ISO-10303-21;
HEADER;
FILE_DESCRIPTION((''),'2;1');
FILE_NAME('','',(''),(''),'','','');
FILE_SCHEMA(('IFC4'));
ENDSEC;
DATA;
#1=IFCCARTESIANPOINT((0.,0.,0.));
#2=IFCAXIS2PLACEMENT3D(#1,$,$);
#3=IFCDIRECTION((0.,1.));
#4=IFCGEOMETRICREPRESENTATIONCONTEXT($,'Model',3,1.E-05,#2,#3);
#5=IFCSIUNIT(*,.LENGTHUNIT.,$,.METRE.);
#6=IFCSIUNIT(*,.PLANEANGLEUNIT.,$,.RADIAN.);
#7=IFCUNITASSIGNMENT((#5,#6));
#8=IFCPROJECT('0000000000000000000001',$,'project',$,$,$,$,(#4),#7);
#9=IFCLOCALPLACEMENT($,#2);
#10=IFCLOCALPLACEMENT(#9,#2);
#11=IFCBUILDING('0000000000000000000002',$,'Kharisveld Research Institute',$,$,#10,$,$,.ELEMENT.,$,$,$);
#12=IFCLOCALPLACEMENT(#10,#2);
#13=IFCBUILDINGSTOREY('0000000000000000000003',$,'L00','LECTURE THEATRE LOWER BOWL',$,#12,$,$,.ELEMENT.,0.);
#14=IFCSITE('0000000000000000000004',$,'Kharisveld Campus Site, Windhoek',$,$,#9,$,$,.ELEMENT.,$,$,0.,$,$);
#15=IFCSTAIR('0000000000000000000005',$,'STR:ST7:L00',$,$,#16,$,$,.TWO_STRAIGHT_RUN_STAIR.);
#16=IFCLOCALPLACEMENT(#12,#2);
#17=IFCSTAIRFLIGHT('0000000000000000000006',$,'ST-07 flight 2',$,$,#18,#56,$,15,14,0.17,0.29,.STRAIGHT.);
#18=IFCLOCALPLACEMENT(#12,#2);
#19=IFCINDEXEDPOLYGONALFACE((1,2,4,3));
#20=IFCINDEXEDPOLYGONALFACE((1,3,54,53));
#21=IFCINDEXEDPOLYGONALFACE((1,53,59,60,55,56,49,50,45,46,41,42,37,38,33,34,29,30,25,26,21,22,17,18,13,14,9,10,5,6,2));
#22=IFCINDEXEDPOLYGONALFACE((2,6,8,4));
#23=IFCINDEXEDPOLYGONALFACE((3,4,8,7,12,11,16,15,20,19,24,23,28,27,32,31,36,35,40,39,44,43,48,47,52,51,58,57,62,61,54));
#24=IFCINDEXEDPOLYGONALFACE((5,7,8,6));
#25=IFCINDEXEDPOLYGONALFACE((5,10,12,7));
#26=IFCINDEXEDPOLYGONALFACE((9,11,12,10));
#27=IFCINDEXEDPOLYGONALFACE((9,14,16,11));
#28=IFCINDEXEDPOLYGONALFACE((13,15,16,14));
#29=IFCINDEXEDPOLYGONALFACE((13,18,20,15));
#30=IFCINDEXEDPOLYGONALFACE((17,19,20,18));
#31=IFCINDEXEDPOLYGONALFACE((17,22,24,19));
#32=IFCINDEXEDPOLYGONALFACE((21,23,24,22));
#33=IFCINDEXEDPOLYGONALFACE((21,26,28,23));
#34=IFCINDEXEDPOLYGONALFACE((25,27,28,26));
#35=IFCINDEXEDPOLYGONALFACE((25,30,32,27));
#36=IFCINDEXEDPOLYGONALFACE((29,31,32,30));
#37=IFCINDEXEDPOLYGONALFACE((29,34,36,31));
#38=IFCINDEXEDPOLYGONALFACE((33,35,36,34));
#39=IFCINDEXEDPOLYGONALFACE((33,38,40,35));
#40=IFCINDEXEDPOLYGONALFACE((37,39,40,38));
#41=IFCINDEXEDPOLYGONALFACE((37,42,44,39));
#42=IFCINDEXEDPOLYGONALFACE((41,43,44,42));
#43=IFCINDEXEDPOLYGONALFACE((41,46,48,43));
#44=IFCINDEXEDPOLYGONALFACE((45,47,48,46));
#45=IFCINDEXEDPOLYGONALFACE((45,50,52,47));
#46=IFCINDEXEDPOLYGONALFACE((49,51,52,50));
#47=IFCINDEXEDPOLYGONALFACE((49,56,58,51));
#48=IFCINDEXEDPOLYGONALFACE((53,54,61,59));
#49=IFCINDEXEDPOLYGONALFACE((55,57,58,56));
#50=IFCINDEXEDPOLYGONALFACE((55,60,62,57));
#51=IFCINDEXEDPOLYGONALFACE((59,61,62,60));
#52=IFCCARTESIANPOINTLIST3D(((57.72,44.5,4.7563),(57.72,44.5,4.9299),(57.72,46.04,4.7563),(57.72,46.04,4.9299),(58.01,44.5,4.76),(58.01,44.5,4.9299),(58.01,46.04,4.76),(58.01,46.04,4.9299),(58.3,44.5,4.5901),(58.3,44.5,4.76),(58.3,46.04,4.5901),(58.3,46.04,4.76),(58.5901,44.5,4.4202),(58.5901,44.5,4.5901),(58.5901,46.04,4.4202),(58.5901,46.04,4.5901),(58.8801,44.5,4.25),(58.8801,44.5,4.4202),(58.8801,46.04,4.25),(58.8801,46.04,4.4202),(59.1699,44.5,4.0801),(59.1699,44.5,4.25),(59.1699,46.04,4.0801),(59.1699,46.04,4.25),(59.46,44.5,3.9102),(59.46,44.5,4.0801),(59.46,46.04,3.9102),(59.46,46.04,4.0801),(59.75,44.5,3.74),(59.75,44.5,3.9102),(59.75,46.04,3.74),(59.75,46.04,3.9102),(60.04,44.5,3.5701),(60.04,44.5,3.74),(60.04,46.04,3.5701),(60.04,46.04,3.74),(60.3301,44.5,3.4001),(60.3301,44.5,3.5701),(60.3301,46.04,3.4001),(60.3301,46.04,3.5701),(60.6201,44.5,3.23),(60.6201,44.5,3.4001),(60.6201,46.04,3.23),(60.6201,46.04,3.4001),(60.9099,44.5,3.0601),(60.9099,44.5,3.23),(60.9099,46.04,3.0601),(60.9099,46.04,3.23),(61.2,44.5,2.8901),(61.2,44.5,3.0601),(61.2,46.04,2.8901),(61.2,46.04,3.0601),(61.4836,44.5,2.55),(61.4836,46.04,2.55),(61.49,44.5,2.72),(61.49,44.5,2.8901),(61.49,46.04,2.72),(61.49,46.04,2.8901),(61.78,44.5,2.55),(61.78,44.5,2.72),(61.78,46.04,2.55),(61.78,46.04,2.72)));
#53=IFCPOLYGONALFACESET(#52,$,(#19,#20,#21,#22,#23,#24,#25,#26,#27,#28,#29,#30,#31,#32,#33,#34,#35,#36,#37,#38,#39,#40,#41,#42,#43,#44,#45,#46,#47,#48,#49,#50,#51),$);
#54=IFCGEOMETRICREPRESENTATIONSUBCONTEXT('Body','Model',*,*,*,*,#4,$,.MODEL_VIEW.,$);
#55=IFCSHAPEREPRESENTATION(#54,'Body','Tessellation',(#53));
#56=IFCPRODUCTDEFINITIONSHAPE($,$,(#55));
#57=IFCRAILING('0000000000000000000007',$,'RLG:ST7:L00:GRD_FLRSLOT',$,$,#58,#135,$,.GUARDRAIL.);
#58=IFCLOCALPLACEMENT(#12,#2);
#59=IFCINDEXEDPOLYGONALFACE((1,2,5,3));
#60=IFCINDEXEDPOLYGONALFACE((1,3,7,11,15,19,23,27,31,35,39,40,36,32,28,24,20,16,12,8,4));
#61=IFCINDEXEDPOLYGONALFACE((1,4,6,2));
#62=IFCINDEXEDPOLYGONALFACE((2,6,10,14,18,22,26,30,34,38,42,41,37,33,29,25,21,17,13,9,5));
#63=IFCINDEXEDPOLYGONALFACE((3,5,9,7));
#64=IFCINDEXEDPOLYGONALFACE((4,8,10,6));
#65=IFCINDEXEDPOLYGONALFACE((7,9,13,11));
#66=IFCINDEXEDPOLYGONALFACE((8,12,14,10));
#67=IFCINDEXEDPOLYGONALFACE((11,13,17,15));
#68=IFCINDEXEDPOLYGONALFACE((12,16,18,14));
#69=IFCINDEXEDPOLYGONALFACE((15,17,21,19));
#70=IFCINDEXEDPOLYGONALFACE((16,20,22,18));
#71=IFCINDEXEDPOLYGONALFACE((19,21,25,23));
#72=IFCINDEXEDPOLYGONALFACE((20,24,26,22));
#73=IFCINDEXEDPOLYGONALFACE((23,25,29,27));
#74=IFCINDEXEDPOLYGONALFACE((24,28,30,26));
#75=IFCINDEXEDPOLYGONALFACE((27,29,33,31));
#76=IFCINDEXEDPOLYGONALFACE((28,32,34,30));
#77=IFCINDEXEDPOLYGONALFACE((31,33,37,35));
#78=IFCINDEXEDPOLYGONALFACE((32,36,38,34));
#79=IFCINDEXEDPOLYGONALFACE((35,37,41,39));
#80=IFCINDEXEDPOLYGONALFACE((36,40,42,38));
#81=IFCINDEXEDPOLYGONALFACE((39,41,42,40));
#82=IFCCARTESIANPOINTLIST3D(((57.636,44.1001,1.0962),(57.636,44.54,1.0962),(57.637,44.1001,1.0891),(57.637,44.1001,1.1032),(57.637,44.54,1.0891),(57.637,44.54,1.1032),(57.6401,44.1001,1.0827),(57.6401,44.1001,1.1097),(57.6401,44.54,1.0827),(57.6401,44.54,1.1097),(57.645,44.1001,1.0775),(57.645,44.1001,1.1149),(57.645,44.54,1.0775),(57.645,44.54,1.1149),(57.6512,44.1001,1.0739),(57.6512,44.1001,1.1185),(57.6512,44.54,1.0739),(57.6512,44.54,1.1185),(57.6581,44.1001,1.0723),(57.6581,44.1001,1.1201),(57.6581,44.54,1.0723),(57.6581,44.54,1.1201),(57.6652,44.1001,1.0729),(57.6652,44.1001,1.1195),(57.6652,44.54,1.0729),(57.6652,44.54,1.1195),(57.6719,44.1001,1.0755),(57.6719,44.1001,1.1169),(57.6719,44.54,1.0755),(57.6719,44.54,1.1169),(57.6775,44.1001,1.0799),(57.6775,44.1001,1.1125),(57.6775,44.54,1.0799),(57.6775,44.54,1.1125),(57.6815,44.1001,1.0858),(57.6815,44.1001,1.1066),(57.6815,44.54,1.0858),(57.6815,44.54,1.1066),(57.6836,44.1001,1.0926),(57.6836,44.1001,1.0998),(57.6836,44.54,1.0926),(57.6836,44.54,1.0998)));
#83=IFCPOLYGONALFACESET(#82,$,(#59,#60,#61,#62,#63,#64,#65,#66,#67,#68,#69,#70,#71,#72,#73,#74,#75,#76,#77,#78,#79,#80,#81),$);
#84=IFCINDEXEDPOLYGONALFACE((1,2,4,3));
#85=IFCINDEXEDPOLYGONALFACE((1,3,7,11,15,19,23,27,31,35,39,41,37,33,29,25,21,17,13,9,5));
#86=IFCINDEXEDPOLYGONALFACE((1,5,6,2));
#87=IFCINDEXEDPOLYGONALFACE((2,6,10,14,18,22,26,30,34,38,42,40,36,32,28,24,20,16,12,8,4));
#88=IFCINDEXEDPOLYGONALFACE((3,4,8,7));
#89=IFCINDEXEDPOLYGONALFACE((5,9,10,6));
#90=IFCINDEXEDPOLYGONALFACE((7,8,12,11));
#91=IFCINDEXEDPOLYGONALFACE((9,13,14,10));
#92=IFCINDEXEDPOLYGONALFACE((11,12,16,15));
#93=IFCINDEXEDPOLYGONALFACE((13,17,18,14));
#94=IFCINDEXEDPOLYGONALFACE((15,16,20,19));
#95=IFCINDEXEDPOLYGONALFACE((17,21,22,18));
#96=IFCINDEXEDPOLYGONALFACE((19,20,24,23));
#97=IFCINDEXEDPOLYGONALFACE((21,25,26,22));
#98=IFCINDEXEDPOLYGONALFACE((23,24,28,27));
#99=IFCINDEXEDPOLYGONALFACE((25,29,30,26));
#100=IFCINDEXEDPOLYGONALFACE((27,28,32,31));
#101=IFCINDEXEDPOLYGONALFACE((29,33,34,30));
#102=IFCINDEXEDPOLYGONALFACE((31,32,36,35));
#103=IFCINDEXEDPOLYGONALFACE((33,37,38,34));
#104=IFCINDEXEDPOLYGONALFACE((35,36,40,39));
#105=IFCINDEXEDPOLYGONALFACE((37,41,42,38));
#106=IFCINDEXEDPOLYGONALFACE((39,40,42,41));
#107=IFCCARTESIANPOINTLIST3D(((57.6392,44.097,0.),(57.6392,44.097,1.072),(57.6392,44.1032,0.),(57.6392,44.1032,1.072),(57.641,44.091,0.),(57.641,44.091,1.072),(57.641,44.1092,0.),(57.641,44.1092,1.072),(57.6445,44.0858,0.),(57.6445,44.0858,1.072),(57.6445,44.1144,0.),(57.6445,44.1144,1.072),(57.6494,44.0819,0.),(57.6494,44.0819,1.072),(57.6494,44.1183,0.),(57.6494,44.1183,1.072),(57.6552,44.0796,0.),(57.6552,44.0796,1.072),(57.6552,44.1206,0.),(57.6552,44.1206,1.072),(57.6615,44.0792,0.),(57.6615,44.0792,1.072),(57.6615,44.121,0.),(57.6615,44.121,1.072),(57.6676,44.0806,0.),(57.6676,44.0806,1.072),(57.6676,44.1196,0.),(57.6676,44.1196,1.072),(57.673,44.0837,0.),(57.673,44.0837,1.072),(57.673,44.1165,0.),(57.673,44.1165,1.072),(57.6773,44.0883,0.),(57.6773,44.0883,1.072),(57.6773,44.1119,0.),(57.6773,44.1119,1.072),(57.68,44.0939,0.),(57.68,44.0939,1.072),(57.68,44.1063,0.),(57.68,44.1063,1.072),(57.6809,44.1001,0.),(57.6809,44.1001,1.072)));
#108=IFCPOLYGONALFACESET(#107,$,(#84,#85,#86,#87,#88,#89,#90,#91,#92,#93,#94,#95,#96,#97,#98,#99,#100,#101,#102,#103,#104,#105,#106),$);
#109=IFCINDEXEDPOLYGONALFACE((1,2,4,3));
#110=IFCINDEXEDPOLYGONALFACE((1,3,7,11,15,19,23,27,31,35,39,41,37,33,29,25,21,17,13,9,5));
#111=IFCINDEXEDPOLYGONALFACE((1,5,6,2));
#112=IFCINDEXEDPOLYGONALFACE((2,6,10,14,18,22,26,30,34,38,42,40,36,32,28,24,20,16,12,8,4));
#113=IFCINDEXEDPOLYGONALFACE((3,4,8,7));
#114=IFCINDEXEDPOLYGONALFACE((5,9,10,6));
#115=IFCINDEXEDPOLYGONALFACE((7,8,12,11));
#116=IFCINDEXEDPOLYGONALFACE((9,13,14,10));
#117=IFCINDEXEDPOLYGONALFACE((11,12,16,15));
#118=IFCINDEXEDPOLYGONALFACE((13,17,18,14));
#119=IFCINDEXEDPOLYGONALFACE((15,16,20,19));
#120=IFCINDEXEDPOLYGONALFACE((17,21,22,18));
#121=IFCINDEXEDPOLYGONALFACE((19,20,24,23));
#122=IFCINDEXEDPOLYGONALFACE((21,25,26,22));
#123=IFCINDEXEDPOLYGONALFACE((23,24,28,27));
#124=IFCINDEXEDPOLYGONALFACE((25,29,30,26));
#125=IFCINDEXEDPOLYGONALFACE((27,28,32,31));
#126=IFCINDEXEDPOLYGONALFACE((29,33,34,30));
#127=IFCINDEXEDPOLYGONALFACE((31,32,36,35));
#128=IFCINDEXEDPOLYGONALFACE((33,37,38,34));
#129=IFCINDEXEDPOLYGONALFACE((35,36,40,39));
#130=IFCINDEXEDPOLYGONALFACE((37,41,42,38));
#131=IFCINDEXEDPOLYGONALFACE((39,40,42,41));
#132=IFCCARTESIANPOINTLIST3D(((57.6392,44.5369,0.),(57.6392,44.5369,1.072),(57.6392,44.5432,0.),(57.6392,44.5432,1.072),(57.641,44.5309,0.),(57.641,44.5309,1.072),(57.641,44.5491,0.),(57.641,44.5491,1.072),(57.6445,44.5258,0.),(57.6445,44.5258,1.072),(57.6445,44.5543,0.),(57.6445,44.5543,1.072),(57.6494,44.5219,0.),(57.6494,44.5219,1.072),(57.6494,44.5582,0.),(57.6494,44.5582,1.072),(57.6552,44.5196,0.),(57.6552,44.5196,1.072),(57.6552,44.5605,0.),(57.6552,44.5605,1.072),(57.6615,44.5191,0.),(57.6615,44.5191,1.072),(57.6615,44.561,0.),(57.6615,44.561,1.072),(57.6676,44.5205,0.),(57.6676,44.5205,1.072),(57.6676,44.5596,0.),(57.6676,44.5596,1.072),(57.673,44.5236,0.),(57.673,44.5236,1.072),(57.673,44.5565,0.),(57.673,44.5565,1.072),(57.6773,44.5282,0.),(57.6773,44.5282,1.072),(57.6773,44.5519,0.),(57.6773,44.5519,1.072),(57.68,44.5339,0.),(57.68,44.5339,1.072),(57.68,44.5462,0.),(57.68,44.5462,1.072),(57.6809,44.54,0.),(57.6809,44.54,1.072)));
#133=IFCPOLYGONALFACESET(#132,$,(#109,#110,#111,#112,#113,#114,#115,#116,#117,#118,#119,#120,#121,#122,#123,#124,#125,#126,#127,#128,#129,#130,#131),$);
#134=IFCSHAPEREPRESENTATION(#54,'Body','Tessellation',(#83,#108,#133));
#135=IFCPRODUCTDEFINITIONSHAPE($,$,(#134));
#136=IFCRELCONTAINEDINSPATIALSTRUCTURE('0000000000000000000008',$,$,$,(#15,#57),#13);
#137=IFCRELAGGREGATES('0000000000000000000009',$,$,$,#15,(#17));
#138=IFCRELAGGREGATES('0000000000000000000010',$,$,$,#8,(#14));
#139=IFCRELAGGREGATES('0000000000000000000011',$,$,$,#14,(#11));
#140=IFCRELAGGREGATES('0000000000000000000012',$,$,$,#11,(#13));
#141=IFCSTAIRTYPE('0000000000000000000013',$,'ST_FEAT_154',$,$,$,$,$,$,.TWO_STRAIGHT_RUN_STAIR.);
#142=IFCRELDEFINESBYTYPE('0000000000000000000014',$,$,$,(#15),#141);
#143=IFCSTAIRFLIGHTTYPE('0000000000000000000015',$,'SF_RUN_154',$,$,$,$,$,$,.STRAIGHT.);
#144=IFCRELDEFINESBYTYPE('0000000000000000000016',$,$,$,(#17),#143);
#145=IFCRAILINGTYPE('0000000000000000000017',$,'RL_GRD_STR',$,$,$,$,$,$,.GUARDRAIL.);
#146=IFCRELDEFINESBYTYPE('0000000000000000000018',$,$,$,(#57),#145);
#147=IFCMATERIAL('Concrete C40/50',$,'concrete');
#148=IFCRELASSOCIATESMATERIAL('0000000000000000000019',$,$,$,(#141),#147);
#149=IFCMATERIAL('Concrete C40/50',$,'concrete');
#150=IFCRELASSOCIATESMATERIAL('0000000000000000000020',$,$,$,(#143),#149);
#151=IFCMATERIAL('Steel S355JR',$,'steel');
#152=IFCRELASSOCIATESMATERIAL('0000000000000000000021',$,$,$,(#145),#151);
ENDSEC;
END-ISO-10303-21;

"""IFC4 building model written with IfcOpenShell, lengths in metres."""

from ifc_helpers import new_model, si_unit, direction, frame, origin, origin_2d, place, context, subcontext, project, spatial, polyline, circle, outline, extrude, material, type_object, element, aggregate, save


model = new_model("IFC4")

# Units and contexts
model_context = context("Model", 3, precision=1e-05, world=origin(), true_north=direction((0.0, 1.0)))
body_context = subcontext(model_context, "Body", "Model", "MODEL_VIEW")
ifc_project = project(units=[si_unit("LENGTHUNIT", "METRE"), si_unit("PLANEANGLEUNIT", "RADIAN")], contexts=[model_context])

# Site, building, storey
site_placement = place(None, origin())
site = spatial("IfcSite", under=ifc_project, at=site_placement, Name="Kharisveld Campus Site, Windhoek", CompositionType="ELEMENT", RefElevation=0.0)
building_placement = place(site_placement, origin())
building = spatial("IfcBuilding", under=site, at=building_placement, Name="Kharisveld Research Institute", CompositionType="ELEMENT")
storey_placement = place(building_placement, origin())
storey = spatial("IfcBuildingStorey", under=building, at=storey_placement, Name="L00", Description="LECTURE THEATRE LOWER BOWL", CompositionType="ELEMENT", Elevation=0.0)

# Stair, stair flight
ifc_material_1 = material(Name="Concrete C40/50", Category="concrete")
stair_type = type_object("IfcStairType", Name="ST_FEAT_154", PredefinedType="TWO_STRAIGHT_RUN_STAIR", material=ifc_material_1)
stair_placement = place(storey_placement, origin())
stair = element("IfcStair", 1, at=stair_placement, inside=storey, type_object=stair_type, Name="STR:ST7:L00", PredefinedType="TWO_STRAIGHT_RUN_STAIR")
ifc_material_2 = material(Name="Concrete C40/50", Category="concrete")
stair_flight_type = type_object("IfcStairFlightType", Name="SF_RUN_154", PredefinedType="STRAIGHT", material=ifc_material_2)
stair_flight_1_placement = place(storey_placement, frame((61.78, 45.27, 2.55), z_axis=(0.0, 0.0, 1.0), x_axis=(-1.0, 0.0, 0.0)))
stair_flight_1 = element("IfcStairFlight", 2, at=stair_flight_1_placement, type_object=stair_flight_type, Name="ST-07 flight 2", NumberOfRisers=15, NumberOfTreads=14, PredefinedType="STRAIGHT", RiserHeight=0.17, TreadLength=0.29, context=body_context, shape_type="SweptSolid", body=[
    extrude(outline(polyline([(0.0, 0.0), (0.0, 0.1699), (0.29, 0.1699), (0.29, 0.3401), (0.5801, 0.3401), (0.5801, 0.51), (0.8701, 0.51), (0.8701, 0.6799), (1.1599, 0.6799), (1.1599, 0.8501), (1.45, 0.8501), (1.45, 1.02), (1.74, 1.02), (1.74, 1.1899), (2.03, 1.1899), (2.03, 1.3601), (2.3201, 1.3601), (2.3201, 1.53), (2.6101, 1.53), (2.6101, 1.7), (2.8999, 1.7), (2.8999, 1.8701), (3.1899, 1.8701), (3.1899, 2.04), (3.48, 2.04), (3.48, 2.21), (3.77, 2.21), (3.77, 2.3799), (4.0601, 2.3799), (4.0601, 2.55), (4.0601, 2.2063), (0.2964, 0.0), (0.0, 0.0)])), frame((0.0, 0.77, 0.0), z_axis=(0.0, -1.0, 0.0), x_axis=(1.0, 0.0, 0.0)), (0.0, 0.0, 1.0), 1.54),
])
aggregate(stair, [stair_flight_1])

# Railing
ifc_material_3 = material(Name="Steel S355JR", Category="steel")
railing_type_1 = type_object("IfcRailingType", Name="RL_GRD_STR", PredefinedType="GUARDRAIL", material=ifc_material_3)
railing_1_placement = place(storey_placement, frame((57.6599, 44.1001, 0.0)))
element("IfcRailing", 3, at=railing_1_placement, inside=storey, type_object=railing_type_1, Name="RLG:ST7:L00:GRD_FLRSLOT", PredefinedType="GUARDRAIL", context=body_context, shape_type="SweptSolid", body=[
    extrude(circle(Radius=0.0239, at=origin_2d()), frame((0.0, 0.0, 1.0962), z_axis=(0.0, 1.0, 0.0), x_axis=(-1.0, 0.0, 0.0)), (0.0, 0.0, 1.0), 0.4399),
    extrude(circle(Radius=0.021, at=origin_2d()), origin(), (0.0, 0.0, 1.0), 1.072),
    extrude(circle(Radius=0.021, at=origin_2d()), frame((0.0, 0.4399, 0.0)), (0.0, 0.0, 1.0), 1.072),
])

save(model, "model.ifc")
